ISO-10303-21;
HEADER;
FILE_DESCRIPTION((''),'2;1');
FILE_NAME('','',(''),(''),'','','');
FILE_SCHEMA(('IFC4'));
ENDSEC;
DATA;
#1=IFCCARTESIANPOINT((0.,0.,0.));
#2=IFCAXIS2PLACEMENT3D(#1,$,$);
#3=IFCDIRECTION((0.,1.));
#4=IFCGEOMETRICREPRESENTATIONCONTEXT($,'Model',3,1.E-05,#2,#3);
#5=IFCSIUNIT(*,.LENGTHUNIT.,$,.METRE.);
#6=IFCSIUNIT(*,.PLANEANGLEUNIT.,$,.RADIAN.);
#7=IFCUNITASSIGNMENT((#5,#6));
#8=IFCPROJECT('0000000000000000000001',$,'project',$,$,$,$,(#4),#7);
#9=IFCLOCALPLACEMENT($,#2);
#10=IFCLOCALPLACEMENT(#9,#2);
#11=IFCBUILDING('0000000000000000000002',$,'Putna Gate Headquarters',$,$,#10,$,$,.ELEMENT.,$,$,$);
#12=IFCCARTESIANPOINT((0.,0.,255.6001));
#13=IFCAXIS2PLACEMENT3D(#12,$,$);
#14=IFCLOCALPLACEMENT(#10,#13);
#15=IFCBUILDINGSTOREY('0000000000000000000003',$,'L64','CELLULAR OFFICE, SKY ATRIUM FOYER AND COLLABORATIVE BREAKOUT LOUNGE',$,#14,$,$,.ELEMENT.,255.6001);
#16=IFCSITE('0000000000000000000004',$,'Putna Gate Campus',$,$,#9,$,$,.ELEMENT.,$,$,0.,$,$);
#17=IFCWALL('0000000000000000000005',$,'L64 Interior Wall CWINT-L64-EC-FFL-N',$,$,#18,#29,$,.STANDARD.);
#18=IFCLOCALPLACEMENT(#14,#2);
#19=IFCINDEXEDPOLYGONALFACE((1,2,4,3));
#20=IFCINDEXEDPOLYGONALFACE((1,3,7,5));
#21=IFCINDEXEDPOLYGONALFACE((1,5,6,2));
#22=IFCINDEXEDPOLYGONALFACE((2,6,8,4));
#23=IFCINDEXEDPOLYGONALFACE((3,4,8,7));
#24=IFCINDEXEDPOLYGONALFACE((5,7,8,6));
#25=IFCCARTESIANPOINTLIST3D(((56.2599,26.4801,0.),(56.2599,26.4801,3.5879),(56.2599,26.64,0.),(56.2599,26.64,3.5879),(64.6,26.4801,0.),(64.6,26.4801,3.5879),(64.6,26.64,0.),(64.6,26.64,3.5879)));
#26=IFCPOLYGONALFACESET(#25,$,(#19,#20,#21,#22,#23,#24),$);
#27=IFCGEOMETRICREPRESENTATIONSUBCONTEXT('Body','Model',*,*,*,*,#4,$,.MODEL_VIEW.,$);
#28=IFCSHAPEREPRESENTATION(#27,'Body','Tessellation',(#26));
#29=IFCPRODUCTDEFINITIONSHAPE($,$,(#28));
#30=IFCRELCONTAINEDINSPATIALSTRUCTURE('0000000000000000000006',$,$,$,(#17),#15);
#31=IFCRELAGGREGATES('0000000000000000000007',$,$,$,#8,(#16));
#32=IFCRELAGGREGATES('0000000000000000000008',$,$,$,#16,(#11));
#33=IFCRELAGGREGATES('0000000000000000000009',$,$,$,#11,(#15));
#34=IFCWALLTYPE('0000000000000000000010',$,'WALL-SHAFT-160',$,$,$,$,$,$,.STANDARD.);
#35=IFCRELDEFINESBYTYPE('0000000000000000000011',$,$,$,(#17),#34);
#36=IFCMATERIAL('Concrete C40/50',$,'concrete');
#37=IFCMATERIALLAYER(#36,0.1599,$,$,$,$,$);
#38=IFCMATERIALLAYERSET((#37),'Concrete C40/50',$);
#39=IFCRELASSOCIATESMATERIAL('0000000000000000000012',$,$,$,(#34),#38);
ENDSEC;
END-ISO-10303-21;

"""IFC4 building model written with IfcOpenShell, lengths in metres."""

from ifc_helpers import new_model, si_unit, direction, frame, frame_2d, origin, place, context, subcontext, project, spatial, rectangle, extrude, material, layer, layer_set, type_object, element, save


model = new_model("IFC4")

# Units and contexts
model_context = context("Model", 3, precision=1e-05, world=origin(), true_north=direction((0.0, 1.0)))
body_context = subcontext(model_context, "Body", "Model", "MODEL_VIEW")
ifc_project = project(units=[si_unit("LENGTHUNIT", "METRE"), si_unit("PLANEANGLEUNIT", "RADIAN")], contexts=[model_context])

# Site, building, storey
site_placement = place(None, origin())
site = spatial("IfcSite", under=ifc_project, at=site_placement, Name="Putna Gate Campus", CompositionType="ELEMENT", RefElevation=0.0)
building_placement = place(site_placement, origin())
building = spatial("IfcBuilding", under=site, at=building_placement, Name="Putna Gate Headquarters", CompositionType="ELEMENT")
storey_placement = place(building_placement, frame((0.0, 0.0, 255.6001)))
storey = spatial("IfcBuildingStorey", under=building, at=storey_placement, Name="L64", Description="CELLULAR OFFICE, SKY ATRIUM FOYER AND COLLABORATIVE BREAKOUT LOUNGE", CompositionType="ELEMENT", Elevation=255.6001)

# Wall
ifc_material_1 = material(Name="Concrete C40/50", Category="concrete")
ifc_layer_1 = layer(ifc_material_1, 0.1599)
ifc_layer_set_1 = layer_set([ifc_layer_1], Name="Concrete C40/50")
wall_type_1 = type_object("IfcWallType", Name="WALL-SHAFT-160", PredefinedType="STANDARD", material=ifc_layer_set_1)
wall_1_placement = place(storey_placement, frame((56.26, 26.5601, 0.0), z_axis=(0.0, 0.0, 1.0), x_axis=(1.0, 0.0, 0.0)))
element("IfcWall", 1, at=wall_1_placement, inside=storey, type_object=wall_type_1, Name="L64 Interior Wall CWINT-L64-EC-FFL-N", PredefinedType="STANDARD", context=body_context, shape_type="SweptSolid", body=[
    extrude(rectangle(XDim=8.3401, YDim=0.1599, at=frame_2d((4.1699, 0.0))), origin(), (0.0, 0.0, 1.0), 3.5879),
])

save(model, "model.ifc")
